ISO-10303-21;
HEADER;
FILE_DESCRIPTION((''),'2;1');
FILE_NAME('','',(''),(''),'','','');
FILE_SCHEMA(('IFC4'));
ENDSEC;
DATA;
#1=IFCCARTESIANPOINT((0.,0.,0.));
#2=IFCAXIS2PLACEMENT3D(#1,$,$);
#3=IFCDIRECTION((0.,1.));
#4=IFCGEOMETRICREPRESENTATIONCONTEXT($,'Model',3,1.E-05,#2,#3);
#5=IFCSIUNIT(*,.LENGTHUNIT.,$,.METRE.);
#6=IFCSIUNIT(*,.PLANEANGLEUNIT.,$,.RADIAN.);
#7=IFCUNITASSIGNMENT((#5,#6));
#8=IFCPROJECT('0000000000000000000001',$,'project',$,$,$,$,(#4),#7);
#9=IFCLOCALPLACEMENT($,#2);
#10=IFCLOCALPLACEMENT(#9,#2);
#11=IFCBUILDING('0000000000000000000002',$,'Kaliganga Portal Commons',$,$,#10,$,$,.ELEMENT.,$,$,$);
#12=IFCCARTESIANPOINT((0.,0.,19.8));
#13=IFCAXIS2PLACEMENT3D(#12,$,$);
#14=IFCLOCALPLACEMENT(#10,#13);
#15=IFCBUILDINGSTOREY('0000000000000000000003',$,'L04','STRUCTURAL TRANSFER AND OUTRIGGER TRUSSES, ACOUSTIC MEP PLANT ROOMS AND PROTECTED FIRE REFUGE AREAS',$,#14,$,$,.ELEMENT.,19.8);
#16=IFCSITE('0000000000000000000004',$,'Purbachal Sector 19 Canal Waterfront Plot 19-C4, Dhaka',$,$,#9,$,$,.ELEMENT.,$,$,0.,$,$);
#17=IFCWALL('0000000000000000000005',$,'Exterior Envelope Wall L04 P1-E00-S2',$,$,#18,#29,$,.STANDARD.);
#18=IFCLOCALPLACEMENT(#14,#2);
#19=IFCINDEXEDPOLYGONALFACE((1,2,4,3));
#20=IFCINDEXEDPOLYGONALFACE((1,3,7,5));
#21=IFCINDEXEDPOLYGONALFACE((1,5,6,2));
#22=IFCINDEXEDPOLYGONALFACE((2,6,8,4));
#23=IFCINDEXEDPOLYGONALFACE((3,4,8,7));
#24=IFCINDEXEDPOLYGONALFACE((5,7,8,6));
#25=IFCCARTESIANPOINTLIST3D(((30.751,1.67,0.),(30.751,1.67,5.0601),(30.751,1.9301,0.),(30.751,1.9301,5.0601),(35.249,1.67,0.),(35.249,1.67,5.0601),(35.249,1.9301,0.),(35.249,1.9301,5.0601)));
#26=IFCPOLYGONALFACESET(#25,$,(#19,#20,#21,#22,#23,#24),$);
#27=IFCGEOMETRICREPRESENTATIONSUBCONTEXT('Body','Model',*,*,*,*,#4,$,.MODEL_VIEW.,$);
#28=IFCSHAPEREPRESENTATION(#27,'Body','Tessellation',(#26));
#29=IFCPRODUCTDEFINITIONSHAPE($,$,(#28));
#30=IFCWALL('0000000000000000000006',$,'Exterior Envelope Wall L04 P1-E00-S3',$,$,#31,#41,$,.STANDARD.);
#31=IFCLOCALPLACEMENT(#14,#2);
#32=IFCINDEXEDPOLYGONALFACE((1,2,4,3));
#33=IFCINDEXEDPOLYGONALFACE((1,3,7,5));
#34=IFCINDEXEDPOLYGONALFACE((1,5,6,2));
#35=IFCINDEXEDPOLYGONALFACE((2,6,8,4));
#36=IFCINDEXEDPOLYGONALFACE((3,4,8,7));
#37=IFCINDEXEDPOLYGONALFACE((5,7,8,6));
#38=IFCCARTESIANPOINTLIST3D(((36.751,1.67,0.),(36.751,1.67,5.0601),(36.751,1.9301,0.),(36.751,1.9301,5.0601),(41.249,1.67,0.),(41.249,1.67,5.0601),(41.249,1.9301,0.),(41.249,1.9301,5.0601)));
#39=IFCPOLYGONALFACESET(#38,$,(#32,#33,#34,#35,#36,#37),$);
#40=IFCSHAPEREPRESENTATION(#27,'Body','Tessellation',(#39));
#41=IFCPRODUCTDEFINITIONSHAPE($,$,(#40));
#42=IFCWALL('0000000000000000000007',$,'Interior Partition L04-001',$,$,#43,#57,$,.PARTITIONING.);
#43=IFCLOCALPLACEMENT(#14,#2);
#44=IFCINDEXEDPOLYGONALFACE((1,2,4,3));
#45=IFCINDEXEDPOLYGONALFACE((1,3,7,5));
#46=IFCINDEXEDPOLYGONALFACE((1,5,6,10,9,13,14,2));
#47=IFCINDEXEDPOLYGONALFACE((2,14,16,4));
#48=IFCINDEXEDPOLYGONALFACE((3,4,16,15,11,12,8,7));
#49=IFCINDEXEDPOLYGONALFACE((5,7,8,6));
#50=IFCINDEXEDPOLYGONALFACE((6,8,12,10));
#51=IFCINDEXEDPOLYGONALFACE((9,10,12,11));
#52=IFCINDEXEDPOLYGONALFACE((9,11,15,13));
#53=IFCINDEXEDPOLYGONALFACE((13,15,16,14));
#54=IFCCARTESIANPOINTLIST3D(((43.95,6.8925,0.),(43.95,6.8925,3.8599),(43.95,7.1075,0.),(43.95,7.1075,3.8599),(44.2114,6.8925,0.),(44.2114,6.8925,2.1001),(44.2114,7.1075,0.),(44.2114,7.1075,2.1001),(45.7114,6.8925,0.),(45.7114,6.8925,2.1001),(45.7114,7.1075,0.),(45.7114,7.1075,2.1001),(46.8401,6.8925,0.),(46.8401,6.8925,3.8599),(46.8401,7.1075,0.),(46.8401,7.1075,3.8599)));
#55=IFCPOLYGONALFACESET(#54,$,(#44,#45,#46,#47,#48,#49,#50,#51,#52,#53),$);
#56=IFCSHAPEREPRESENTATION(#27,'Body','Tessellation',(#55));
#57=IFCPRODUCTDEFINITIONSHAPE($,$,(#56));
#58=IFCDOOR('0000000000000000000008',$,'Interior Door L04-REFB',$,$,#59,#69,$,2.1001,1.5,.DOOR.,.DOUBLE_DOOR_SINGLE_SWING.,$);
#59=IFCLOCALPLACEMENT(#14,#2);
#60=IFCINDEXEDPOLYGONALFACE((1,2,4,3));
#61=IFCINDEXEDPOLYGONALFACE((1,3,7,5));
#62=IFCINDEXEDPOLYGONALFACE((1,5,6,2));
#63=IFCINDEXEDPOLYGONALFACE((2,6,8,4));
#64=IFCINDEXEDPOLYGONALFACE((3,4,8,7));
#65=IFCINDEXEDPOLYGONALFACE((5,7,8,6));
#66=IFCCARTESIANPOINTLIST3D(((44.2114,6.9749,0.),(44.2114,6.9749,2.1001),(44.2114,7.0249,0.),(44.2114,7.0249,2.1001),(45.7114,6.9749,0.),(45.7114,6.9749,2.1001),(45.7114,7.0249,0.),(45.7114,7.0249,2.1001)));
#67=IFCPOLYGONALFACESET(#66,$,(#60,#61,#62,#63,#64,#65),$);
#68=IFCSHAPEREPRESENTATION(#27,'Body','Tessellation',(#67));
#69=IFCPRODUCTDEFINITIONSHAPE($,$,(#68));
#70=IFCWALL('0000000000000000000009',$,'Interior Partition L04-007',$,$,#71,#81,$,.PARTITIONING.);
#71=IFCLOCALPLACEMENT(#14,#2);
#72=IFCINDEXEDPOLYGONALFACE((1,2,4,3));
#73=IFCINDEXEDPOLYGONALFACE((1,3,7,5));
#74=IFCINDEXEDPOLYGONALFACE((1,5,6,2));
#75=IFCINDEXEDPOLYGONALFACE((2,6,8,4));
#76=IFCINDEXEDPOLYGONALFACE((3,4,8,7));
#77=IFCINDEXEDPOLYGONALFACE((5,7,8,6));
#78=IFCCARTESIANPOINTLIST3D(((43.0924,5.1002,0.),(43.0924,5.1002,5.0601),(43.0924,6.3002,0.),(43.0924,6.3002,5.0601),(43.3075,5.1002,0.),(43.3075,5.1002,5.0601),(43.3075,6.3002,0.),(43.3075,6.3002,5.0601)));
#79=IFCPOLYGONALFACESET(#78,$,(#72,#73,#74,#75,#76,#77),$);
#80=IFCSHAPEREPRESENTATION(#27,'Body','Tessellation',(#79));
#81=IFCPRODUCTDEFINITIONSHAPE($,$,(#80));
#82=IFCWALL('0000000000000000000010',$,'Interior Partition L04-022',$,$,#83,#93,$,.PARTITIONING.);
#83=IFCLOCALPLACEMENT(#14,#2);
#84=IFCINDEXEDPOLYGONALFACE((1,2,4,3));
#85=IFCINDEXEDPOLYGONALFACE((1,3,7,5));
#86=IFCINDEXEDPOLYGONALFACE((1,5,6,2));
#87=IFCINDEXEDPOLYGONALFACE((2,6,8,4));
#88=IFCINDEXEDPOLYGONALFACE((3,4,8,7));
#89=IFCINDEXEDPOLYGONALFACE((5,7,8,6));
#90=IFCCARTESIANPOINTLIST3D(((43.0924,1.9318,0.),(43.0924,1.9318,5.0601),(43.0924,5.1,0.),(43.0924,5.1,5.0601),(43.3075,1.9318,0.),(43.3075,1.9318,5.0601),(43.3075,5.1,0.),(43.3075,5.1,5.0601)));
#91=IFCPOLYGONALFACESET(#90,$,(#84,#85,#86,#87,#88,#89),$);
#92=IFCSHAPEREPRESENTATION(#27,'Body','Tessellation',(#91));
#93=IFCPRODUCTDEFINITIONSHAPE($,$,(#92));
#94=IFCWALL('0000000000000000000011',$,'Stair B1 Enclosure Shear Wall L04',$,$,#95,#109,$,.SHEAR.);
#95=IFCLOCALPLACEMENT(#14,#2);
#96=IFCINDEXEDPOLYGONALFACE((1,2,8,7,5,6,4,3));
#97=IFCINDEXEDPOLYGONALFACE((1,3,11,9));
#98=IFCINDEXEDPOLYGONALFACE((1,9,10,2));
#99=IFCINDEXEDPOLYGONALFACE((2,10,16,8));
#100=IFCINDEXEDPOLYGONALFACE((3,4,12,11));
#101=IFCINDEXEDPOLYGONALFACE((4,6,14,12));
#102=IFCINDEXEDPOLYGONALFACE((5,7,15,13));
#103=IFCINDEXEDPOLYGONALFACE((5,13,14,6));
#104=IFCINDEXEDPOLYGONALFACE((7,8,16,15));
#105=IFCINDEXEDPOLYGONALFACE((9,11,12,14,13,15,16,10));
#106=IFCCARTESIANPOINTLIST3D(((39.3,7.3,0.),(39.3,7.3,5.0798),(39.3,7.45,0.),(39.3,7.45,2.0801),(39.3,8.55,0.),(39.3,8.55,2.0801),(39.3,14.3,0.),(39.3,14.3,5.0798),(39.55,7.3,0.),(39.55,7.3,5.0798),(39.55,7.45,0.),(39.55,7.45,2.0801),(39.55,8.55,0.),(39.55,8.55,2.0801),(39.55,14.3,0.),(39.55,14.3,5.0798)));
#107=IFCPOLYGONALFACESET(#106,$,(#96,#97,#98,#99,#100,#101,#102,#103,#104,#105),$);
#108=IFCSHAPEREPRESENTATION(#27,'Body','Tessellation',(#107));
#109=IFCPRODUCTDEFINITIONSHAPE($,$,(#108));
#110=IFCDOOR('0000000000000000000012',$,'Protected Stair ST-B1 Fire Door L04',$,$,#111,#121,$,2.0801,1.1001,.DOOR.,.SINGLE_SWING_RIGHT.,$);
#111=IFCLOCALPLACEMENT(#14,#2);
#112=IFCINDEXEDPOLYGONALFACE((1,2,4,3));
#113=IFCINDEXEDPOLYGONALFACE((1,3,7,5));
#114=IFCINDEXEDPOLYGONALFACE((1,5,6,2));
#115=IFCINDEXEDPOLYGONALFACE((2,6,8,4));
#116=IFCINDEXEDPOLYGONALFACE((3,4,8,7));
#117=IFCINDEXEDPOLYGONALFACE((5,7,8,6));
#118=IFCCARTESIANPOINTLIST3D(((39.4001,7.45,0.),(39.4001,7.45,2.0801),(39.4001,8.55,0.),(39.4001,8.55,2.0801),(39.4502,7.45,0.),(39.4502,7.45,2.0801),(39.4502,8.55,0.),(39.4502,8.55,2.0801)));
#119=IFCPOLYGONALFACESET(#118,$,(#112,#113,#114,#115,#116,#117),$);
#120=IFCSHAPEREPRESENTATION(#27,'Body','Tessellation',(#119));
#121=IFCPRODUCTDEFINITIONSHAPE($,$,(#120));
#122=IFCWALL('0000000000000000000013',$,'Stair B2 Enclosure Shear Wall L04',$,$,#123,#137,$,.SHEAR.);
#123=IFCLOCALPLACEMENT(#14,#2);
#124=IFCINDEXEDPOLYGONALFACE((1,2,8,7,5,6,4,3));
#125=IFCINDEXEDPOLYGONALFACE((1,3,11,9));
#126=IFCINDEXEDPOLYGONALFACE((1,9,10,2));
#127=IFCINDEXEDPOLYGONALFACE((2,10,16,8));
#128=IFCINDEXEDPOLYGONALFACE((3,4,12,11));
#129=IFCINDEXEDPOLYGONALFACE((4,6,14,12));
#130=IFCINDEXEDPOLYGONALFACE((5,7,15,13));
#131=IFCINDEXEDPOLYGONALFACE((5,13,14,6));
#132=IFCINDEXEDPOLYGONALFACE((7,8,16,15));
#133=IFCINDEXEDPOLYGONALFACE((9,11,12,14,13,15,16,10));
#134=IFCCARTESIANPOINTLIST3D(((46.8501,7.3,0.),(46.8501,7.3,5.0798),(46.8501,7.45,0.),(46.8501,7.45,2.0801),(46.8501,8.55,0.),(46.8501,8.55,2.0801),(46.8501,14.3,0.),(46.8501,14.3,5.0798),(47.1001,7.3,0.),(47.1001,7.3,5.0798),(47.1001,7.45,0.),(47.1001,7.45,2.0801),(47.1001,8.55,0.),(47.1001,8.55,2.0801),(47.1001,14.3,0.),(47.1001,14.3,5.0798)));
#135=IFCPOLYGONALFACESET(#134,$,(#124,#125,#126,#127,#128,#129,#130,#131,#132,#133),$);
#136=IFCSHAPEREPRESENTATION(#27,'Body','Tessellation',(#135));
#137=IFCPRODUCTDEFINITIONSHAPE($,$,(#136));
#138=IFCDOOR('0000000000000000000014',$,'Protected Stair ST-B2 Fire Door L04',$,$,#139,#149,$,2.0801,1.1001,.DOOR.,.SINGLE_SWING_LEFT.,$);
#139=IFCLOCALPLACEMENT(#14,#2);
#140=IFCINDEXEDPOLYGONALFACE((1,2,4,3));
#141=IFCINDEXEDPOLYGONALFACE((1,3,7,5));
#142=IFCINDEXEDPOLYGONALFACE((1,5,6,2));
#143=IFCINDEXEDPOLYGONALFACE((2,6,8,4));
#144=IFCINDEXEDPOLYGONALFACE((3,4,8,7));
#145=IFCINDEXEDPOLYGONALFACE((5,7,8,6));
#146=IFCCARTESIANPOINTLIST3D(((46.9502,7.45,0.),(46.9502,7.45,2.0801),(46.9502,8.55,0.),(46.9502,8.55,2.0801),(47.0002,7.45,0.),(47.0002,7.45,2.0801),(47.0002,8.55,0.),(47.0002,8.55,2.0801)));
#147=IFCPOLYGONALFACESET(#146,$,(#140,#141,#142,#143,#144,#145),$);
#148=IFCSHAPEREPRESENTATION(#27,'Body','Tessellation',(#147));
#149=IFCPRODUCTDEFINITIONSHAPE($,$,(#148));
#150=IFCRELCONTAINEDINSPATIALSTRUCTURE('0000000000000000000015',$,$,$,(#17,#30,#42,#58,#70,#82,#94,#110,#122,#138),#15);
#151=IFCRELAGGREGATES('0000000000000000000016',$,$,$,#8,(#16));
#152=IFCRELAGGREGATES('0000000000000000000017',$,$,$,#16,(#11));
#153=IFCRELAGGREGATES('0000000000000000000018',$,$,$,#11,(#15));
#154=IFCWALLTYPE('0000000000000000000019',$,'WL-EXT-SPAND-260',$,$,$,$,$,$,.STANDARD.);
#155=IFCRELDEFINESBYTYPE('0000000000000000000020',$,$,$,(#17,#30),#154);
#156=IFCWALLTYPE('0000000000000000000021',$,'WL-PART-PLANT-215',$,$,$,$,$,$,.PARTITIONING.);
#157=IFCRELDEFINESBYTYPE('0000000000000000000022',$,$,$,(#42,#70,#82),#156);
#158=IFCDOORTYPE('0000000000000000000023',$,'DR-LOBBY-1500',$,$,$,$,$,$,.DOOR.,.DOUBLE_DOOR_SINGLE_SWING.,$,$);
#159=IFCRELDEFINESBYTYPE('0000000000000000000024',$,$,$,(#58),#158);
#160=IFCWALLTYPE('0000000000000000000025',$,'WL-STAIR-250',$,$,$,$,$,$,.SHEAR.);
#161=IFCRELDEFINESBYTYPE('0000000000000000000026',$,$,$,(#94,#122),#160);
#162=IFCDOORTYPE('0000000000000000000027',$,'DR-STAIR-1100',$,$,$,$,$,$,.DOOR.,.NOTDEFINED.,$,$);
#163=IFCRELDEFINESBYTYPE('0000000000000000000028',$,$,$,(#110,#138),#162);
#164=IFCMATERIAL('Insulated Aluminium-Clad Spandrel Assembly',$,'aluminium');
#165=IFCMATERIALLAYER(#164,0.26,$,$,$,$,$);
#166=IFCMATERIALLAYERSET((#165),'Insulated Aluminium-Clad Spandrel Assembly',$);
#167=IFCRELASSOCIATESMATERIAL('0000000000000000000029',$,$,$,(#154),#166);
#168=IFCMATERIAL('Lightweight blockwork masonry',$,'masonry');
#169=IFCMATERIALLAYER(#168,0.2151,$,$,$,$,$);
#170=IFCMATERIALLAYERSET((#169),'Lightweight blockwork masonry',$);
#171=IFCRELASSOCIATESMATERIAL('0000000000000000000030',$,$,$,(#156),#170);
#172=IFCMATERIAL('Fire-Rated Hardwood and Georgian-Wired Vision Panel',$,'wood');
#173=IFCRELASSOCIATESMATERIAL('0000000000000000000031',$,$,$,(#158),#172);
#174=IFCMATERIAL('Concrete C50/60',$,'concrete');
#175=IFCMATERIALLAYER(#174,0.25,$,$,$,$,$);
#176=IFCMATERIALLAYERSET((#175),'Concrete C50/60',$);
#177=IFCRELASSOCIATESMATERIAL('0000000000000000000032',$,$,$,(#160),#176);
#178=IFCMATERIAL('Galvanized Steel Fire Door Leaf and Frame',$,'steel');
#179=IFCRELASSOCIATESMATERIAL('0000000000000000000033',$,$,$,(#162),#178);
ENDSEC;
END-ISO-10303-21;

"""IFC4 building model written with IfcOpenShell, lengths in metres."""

from ifc_helpers import new_model, si_unit, direction, frame, frame_2d, origin, place, context, subcontext, project, spatial, rectangle, extrude, material, layer, layer_set, type_object, element, fill, save


model = new_model("IFC4")

# Units and contexts
model_context = context("Model", 3, precision=1e-05, world=origin(), true_north=direction((0.0, 1.0)))
body_context = subcontext(model_context, "Body", "Model", "MODEL_VIEW")
ifc_project = project(units=[si_unit("LENGTHUNIT", "METRE"), si_unit("PLANEANGLEUNIT", "RADIAN")], contexts=[model_context])

# Site, building, storey
site_placement = place(None, origin())
site = spatial("IfcSite", under=ifc_project, at=site_placement, Name="Purbachal Sector 19 Canal Waterfront Plot 19-C4, Dhaka", CompositionType="ELEMENT", RefElevation=0.0)
building_placement = place(site_placement, origin())
building = spatial("IfcBuilding", under=site, at=building_placement, Name="Kaliganga Portal Commons", CompositionType="ELEMENT")
storey_placement = place(building_placement, frame((0.0, 0.0, 19.8)))
storey = spatial("IfcBuildingStorey", under=building, at=storey_placement, Name="L04", Description="STRUCTURAL TRANSFER AND OUTRIGGER TRUSSES, ACOUSTIC MEP PLANT ROOMS AND PROTECTED FIRE REFUGE AREAS", CompositionType="ELEMENT", Elevation=19.8)

# Walls
ifc_material_1 = material(Name="Insulated Aluminium-Clad Spandrel Assembly", Category="aluminium")
ifc_layer_1 = layer(ifc_material_1, 0.26)
ifc_layer_set_1 = layer_set([ifc_layer_1], Name="Insulated Aluminium-Clad Spandrel Assembly")
wall_type_1 = type_object("IfcWallType", Name="WL-EXT-SPAND-260", PredefinedType="STANDARD", material=ifc_layer_set_1)
for number, where, z_axis, x_axis, name in (
    (1, (35.249, 1.8, 0.0), (0.0, 0.0, 1.0), (-1.0, 0.0, 0.0), "Exterior Envelope Wall L04 P1-E00-S2"),
    (2, (41.249, 1.8, 0.0), (0.0, 0.0, 1.0), (-1.0, 0.0, 0.0), "Exterior Envelope Wall L04 P1-E00-S3"),
):
    element("IfcWall", number, at=place(storey_placement, frame(where, z_axis=z_axis, x_axis=x_axis)), inside=storey, type_object=wall_type_1, Name=name, PredefinedType="STANDARD", context=body_context, shape_type="SweptSolid", body=[
        extrude(rectangle(XDim=4.498, YDim=0.26, at=frame_2d((2.249, 0.0))), origin(), (0.0, 0.0, 1.0), 5.0601),
    ])

# Wall, opening, door
ifc_material_2 = material(Name="Lightweight blockwork masonry", Category="masonry")
ifc_layer_2 = layer(ifc_material_2, 0.2151)
ifc_layer_set_2 = layer_set([ifc_layer_2], Name="Lightweight blockwork masonry")
wall_type_2 = type_object("IfcWallType", Name="WL-PART-PLANT-215", PredefinedType="PARTITIONING", material=ifc_layer_set_2)
wall_1_placement = place(storey_placement, frame((43.95, 7.0, 0.0), z_axis=(0.0, 0.0, 1.0), x_axis=(1.0, 0.0, 0.0)))
wall_1 = element("IfcWall", 3, at=wall_1_placement, inside=storey, type_object=wall_type_2, Name="Interior Partition L04-001", PredefinedType="PARTITIONING", context=body_context, shape_type="SweptSolid", body=[
    extrude(rectangle(XDim=2.8901, YDim=0.2151, at=frame_2d((1.4451, 0.0))), origin(), (0.0, 0.0, 1.0), 3.8599),
])
opening_1_placement = place(wall_1_placement, frame((0.2615, 0.0, 0.0)))
opening_1 = element("IfcOpeningElement", 4, at=opening_1_placement, cuts=wall_1, PredefinedType="OPENING", context=body_context, shape_type="SweptSolid", body=[
    extrude(rectangle(XDim=1.5, YDim=2.1001, at=frame_2d((0.75, 1.05))), frame((0.0, 0.1177, 0.0), z_axis=(0.0, -1.0, 0.0), x_axis=(1.0, 0.0, 0.0)), (0.0, 0.0, 1.0), 0.2351),
])
ifc_material_3 = material(Name="Fire-Rated Hardwood and Georgian-Wired Vision Panel", Category="wood")
door_type_1 = type_object("IfcDoorType", Name="DR-LOBBY-1500", OperationType="DOUBLE_DOOR_SINGLE_SWING", PredefinedType="DOOR", material=ifc_material_3)
door_1_placement = place(opening_1_placement, origin())
door_1 = element("IfcDoor", 5, at=door_1_placement, inside=storey, type_object=door_type_1, Name="Interior Door L04-REFB", OperationType="DOUBLE_DOOR_SINGLE_SWING", OverallHeight=2.1001, OverallWidth=1.5, PredefinedType="DOOR", context=body_context, shape_type="SweptSolid", body=[
    extrude(rectangle(XDim=1.5, YDim=2.1001, at=frame_2d((0.75, 1.05))), frame((0.0, 0.0249, 0.0), z_axis=(0.0, -1.0, 0.0), x_axis=(1.0, 0.0, 0.0)), (0.0, 0.0, 1.0), 0.05),
])
fill(opening_1, door_1)

# Walls
wall_2_placement = place(storey_placement, frame((43.2, 5.1001, 0.0), z_axis=(0.0, 0.0, 1.0), x_axis=(0.0, 1.0, 0.0)))
element("IfcWall", 6, at=wall_2_placement, inside=storey, type_object=wall_type_2, Name="Interior Partition L04-007", PredefinedType="PARTITIONING", context=body_context, shape_type="SweptSolid", body=[
    extrude(rectangle(XDim=1.2, YDim=0.2151, at=frame_2d((0.6001, 0.0))), origin(), (0.0, 0.0, 1.0), 5.0601),
])
wall_3_placement = place(storey_placement, frame((43.2, 1.9319, 0.0), z_axis=(0.0, 0.0, 1.0), x_axis=(0.0, 1.0, 0.0)))
element("IfcWall", 7, at=wall_3_placement, inside=storey, type_object=wall_type_2, Name="Interior Partition L04-022", PredefinedType="PARTITIONING", context=body_context, shape_type="SweptSolid", body=[
    extrude(rectangle(XDim=3.1682, YDim=0.2151, at=frame_2d((1.584, 0.0))), origin(), (0.0, 0.0, 1.0), 5.0601),
])

# Walls, openings, doors
ifc_material_4 = material(Name="Concrete C50/60", Category="concrete")
ifc_layer_3 = layer(ifc_material_4, 0.25)
ifc_layer_set_3 = layer_set([ifc_layer_3], Name="Concrete C50/60")
wall_type_3 = type_object("IfcWallType", Name="WL-STAIR-250", PredefinedType="SHEAR", material=ifc_layer_set_3)
wall_4_placement = place(storey_placement, frame((39.425, 7.3, 0.0), z_axis=(0.0, 0.0, 1.0), x_axis=(0.0, 1.0, 0.0)))
wall_4 = element("IfcWall", 8, at=wall_4_placement, inside=storey, type_object=wall_type_3, Name="Stair B1 Enclosure Shear Wall L04", PredefinedType="SHEAR", context=body_context, shape_type="SweptSolid", body=[
    extrude(rectangle(XDim=7.0, YDim=0.25, at=frame_2d((3.5, 0.0))), origin(), (0.0, 0.0, 1.0), 5.0798),
])
opening_2_placement = place(wall_4_placement, frame((0.1499, 0.0, 0.0)))
opening_2 = element("IfcOpeningElement", 9, at=opening_2_placement, cuts=wall_4, PredefinedType="OPENING", context=body_context, shape_type="SweptSolid", body=[
    extrude(rectangle(XDim=1.1001, YDim=2.0801, at=frame_2d((0.55, 1.04))), frame((0.0, 0.135, 0.0), z_axis=(0.0, -1.0, 0.0), x_axis=(1.0, 0.0, 0.0)), (0.0, 0.0, 1.0), 0.27),
])
ifc_material_5 = material(Name="Galvanized Steel Fire Door Leaf and Frame", Category="steel")
door_type_2 = type_object("IfcDoorType", Name="DR-STAIR-1100", OperationType="NOTDEFINED", PredefinedType="DOOR", material=ifc_material_5)
door_2_placement = place(opening_2_placement, origin())
door_2 = element("IfcDoor", 10, at=door_2_placement, inside=storey, type_object=door_type_2, Name="Protected Stair ST-B1 Fire Door L04", OperationType="SINGLE_SWING_RIGHT", OverallHeight=2.0801, OverallWidth=1.1001, PredefinedType="DOOR", context=body_context, shape_type="SweptSolid", body=[
    extrude(rectangle(XDim=1.1001, YDim=2.0801, at=frame_2d((0.55, 1.04))), frame((0.0, 0.0249, 0.0), z_axis=(0.0, -1.0, 0.0), x_axis=(1.0, 0.0, 0.0)), (0.0, 0.0, 1.0), 0.05),
])
fill(opening_2, door_2)
wall_5_placement = place(storey_placement, frame((46.9751, 7.3, 0.0), z_axis=(0.0, 0.0, 1.0), x_axis=(0.0, 1.0, 0.0)))
wall_5 = element("IfcWall", 11, at=wall_5_placement, inside=storey, type_object=wall_type_3, Name="Stair B2 Enclosure Shear Wall L04", PredefinedType="SHEAR", context=body_context, shape_type="SweptSolid", body=[
    extrude(rectangle(XDim=7.0, YDim=0.25, at=frame_2d((3.5, 0.0))), origin(), (0.0, 0.0, 1.0), 5.0798),
])
opening_3_placement = place(wall_5_placement, frame((0.1499, 0.0, 0.0)))
opening_3 = element("IfcOpeningElement", 12, at=opening_3_placement, cuts=wall_5, PredefinedType="OPENING", context=body_context, shape_type="SweptSolid", body=[
    extrude(rectangle(XDim=1.1001, YDim=2.0801, at=frame_2d((0.55, 1.04))), frame((0.0, 0.135, 0.0), z_axis=(0.0, -1.0, 0.0), x_axis=(1.0, 0.0, 0.0)), (0.0, 0.0, 1.0), 0.27),
])
door_3_placement = place(opening_3_placement, origin())
door_3 = element("IfcDoor", 13, at=door_3_placement, inside=storey, type_object=door_type_2, Name="Protected Stair ST-B2 Fire Door L04", OperationType="SINGLE_SWING_LEFT", OverallHeight=2.0801, OverallWidth=1.1001, PredefinedType="DOOR", context=body_context, shape_type="SweptSolid", body=[
    extrude(rectangle(XDim=1.1001, YDim=2.0801, at=frame_2d((0.55, 1.04))), frame((0.0, 0.0249, 0.0), z_axis=(0.0, -1.0, 0.0), x_axis=(1.0, 0.0, 0.0)), (0.0, 0.0, 1.0), 0.05),
])
fill(opening_3, door_3)

save(model, "model.ifc")
